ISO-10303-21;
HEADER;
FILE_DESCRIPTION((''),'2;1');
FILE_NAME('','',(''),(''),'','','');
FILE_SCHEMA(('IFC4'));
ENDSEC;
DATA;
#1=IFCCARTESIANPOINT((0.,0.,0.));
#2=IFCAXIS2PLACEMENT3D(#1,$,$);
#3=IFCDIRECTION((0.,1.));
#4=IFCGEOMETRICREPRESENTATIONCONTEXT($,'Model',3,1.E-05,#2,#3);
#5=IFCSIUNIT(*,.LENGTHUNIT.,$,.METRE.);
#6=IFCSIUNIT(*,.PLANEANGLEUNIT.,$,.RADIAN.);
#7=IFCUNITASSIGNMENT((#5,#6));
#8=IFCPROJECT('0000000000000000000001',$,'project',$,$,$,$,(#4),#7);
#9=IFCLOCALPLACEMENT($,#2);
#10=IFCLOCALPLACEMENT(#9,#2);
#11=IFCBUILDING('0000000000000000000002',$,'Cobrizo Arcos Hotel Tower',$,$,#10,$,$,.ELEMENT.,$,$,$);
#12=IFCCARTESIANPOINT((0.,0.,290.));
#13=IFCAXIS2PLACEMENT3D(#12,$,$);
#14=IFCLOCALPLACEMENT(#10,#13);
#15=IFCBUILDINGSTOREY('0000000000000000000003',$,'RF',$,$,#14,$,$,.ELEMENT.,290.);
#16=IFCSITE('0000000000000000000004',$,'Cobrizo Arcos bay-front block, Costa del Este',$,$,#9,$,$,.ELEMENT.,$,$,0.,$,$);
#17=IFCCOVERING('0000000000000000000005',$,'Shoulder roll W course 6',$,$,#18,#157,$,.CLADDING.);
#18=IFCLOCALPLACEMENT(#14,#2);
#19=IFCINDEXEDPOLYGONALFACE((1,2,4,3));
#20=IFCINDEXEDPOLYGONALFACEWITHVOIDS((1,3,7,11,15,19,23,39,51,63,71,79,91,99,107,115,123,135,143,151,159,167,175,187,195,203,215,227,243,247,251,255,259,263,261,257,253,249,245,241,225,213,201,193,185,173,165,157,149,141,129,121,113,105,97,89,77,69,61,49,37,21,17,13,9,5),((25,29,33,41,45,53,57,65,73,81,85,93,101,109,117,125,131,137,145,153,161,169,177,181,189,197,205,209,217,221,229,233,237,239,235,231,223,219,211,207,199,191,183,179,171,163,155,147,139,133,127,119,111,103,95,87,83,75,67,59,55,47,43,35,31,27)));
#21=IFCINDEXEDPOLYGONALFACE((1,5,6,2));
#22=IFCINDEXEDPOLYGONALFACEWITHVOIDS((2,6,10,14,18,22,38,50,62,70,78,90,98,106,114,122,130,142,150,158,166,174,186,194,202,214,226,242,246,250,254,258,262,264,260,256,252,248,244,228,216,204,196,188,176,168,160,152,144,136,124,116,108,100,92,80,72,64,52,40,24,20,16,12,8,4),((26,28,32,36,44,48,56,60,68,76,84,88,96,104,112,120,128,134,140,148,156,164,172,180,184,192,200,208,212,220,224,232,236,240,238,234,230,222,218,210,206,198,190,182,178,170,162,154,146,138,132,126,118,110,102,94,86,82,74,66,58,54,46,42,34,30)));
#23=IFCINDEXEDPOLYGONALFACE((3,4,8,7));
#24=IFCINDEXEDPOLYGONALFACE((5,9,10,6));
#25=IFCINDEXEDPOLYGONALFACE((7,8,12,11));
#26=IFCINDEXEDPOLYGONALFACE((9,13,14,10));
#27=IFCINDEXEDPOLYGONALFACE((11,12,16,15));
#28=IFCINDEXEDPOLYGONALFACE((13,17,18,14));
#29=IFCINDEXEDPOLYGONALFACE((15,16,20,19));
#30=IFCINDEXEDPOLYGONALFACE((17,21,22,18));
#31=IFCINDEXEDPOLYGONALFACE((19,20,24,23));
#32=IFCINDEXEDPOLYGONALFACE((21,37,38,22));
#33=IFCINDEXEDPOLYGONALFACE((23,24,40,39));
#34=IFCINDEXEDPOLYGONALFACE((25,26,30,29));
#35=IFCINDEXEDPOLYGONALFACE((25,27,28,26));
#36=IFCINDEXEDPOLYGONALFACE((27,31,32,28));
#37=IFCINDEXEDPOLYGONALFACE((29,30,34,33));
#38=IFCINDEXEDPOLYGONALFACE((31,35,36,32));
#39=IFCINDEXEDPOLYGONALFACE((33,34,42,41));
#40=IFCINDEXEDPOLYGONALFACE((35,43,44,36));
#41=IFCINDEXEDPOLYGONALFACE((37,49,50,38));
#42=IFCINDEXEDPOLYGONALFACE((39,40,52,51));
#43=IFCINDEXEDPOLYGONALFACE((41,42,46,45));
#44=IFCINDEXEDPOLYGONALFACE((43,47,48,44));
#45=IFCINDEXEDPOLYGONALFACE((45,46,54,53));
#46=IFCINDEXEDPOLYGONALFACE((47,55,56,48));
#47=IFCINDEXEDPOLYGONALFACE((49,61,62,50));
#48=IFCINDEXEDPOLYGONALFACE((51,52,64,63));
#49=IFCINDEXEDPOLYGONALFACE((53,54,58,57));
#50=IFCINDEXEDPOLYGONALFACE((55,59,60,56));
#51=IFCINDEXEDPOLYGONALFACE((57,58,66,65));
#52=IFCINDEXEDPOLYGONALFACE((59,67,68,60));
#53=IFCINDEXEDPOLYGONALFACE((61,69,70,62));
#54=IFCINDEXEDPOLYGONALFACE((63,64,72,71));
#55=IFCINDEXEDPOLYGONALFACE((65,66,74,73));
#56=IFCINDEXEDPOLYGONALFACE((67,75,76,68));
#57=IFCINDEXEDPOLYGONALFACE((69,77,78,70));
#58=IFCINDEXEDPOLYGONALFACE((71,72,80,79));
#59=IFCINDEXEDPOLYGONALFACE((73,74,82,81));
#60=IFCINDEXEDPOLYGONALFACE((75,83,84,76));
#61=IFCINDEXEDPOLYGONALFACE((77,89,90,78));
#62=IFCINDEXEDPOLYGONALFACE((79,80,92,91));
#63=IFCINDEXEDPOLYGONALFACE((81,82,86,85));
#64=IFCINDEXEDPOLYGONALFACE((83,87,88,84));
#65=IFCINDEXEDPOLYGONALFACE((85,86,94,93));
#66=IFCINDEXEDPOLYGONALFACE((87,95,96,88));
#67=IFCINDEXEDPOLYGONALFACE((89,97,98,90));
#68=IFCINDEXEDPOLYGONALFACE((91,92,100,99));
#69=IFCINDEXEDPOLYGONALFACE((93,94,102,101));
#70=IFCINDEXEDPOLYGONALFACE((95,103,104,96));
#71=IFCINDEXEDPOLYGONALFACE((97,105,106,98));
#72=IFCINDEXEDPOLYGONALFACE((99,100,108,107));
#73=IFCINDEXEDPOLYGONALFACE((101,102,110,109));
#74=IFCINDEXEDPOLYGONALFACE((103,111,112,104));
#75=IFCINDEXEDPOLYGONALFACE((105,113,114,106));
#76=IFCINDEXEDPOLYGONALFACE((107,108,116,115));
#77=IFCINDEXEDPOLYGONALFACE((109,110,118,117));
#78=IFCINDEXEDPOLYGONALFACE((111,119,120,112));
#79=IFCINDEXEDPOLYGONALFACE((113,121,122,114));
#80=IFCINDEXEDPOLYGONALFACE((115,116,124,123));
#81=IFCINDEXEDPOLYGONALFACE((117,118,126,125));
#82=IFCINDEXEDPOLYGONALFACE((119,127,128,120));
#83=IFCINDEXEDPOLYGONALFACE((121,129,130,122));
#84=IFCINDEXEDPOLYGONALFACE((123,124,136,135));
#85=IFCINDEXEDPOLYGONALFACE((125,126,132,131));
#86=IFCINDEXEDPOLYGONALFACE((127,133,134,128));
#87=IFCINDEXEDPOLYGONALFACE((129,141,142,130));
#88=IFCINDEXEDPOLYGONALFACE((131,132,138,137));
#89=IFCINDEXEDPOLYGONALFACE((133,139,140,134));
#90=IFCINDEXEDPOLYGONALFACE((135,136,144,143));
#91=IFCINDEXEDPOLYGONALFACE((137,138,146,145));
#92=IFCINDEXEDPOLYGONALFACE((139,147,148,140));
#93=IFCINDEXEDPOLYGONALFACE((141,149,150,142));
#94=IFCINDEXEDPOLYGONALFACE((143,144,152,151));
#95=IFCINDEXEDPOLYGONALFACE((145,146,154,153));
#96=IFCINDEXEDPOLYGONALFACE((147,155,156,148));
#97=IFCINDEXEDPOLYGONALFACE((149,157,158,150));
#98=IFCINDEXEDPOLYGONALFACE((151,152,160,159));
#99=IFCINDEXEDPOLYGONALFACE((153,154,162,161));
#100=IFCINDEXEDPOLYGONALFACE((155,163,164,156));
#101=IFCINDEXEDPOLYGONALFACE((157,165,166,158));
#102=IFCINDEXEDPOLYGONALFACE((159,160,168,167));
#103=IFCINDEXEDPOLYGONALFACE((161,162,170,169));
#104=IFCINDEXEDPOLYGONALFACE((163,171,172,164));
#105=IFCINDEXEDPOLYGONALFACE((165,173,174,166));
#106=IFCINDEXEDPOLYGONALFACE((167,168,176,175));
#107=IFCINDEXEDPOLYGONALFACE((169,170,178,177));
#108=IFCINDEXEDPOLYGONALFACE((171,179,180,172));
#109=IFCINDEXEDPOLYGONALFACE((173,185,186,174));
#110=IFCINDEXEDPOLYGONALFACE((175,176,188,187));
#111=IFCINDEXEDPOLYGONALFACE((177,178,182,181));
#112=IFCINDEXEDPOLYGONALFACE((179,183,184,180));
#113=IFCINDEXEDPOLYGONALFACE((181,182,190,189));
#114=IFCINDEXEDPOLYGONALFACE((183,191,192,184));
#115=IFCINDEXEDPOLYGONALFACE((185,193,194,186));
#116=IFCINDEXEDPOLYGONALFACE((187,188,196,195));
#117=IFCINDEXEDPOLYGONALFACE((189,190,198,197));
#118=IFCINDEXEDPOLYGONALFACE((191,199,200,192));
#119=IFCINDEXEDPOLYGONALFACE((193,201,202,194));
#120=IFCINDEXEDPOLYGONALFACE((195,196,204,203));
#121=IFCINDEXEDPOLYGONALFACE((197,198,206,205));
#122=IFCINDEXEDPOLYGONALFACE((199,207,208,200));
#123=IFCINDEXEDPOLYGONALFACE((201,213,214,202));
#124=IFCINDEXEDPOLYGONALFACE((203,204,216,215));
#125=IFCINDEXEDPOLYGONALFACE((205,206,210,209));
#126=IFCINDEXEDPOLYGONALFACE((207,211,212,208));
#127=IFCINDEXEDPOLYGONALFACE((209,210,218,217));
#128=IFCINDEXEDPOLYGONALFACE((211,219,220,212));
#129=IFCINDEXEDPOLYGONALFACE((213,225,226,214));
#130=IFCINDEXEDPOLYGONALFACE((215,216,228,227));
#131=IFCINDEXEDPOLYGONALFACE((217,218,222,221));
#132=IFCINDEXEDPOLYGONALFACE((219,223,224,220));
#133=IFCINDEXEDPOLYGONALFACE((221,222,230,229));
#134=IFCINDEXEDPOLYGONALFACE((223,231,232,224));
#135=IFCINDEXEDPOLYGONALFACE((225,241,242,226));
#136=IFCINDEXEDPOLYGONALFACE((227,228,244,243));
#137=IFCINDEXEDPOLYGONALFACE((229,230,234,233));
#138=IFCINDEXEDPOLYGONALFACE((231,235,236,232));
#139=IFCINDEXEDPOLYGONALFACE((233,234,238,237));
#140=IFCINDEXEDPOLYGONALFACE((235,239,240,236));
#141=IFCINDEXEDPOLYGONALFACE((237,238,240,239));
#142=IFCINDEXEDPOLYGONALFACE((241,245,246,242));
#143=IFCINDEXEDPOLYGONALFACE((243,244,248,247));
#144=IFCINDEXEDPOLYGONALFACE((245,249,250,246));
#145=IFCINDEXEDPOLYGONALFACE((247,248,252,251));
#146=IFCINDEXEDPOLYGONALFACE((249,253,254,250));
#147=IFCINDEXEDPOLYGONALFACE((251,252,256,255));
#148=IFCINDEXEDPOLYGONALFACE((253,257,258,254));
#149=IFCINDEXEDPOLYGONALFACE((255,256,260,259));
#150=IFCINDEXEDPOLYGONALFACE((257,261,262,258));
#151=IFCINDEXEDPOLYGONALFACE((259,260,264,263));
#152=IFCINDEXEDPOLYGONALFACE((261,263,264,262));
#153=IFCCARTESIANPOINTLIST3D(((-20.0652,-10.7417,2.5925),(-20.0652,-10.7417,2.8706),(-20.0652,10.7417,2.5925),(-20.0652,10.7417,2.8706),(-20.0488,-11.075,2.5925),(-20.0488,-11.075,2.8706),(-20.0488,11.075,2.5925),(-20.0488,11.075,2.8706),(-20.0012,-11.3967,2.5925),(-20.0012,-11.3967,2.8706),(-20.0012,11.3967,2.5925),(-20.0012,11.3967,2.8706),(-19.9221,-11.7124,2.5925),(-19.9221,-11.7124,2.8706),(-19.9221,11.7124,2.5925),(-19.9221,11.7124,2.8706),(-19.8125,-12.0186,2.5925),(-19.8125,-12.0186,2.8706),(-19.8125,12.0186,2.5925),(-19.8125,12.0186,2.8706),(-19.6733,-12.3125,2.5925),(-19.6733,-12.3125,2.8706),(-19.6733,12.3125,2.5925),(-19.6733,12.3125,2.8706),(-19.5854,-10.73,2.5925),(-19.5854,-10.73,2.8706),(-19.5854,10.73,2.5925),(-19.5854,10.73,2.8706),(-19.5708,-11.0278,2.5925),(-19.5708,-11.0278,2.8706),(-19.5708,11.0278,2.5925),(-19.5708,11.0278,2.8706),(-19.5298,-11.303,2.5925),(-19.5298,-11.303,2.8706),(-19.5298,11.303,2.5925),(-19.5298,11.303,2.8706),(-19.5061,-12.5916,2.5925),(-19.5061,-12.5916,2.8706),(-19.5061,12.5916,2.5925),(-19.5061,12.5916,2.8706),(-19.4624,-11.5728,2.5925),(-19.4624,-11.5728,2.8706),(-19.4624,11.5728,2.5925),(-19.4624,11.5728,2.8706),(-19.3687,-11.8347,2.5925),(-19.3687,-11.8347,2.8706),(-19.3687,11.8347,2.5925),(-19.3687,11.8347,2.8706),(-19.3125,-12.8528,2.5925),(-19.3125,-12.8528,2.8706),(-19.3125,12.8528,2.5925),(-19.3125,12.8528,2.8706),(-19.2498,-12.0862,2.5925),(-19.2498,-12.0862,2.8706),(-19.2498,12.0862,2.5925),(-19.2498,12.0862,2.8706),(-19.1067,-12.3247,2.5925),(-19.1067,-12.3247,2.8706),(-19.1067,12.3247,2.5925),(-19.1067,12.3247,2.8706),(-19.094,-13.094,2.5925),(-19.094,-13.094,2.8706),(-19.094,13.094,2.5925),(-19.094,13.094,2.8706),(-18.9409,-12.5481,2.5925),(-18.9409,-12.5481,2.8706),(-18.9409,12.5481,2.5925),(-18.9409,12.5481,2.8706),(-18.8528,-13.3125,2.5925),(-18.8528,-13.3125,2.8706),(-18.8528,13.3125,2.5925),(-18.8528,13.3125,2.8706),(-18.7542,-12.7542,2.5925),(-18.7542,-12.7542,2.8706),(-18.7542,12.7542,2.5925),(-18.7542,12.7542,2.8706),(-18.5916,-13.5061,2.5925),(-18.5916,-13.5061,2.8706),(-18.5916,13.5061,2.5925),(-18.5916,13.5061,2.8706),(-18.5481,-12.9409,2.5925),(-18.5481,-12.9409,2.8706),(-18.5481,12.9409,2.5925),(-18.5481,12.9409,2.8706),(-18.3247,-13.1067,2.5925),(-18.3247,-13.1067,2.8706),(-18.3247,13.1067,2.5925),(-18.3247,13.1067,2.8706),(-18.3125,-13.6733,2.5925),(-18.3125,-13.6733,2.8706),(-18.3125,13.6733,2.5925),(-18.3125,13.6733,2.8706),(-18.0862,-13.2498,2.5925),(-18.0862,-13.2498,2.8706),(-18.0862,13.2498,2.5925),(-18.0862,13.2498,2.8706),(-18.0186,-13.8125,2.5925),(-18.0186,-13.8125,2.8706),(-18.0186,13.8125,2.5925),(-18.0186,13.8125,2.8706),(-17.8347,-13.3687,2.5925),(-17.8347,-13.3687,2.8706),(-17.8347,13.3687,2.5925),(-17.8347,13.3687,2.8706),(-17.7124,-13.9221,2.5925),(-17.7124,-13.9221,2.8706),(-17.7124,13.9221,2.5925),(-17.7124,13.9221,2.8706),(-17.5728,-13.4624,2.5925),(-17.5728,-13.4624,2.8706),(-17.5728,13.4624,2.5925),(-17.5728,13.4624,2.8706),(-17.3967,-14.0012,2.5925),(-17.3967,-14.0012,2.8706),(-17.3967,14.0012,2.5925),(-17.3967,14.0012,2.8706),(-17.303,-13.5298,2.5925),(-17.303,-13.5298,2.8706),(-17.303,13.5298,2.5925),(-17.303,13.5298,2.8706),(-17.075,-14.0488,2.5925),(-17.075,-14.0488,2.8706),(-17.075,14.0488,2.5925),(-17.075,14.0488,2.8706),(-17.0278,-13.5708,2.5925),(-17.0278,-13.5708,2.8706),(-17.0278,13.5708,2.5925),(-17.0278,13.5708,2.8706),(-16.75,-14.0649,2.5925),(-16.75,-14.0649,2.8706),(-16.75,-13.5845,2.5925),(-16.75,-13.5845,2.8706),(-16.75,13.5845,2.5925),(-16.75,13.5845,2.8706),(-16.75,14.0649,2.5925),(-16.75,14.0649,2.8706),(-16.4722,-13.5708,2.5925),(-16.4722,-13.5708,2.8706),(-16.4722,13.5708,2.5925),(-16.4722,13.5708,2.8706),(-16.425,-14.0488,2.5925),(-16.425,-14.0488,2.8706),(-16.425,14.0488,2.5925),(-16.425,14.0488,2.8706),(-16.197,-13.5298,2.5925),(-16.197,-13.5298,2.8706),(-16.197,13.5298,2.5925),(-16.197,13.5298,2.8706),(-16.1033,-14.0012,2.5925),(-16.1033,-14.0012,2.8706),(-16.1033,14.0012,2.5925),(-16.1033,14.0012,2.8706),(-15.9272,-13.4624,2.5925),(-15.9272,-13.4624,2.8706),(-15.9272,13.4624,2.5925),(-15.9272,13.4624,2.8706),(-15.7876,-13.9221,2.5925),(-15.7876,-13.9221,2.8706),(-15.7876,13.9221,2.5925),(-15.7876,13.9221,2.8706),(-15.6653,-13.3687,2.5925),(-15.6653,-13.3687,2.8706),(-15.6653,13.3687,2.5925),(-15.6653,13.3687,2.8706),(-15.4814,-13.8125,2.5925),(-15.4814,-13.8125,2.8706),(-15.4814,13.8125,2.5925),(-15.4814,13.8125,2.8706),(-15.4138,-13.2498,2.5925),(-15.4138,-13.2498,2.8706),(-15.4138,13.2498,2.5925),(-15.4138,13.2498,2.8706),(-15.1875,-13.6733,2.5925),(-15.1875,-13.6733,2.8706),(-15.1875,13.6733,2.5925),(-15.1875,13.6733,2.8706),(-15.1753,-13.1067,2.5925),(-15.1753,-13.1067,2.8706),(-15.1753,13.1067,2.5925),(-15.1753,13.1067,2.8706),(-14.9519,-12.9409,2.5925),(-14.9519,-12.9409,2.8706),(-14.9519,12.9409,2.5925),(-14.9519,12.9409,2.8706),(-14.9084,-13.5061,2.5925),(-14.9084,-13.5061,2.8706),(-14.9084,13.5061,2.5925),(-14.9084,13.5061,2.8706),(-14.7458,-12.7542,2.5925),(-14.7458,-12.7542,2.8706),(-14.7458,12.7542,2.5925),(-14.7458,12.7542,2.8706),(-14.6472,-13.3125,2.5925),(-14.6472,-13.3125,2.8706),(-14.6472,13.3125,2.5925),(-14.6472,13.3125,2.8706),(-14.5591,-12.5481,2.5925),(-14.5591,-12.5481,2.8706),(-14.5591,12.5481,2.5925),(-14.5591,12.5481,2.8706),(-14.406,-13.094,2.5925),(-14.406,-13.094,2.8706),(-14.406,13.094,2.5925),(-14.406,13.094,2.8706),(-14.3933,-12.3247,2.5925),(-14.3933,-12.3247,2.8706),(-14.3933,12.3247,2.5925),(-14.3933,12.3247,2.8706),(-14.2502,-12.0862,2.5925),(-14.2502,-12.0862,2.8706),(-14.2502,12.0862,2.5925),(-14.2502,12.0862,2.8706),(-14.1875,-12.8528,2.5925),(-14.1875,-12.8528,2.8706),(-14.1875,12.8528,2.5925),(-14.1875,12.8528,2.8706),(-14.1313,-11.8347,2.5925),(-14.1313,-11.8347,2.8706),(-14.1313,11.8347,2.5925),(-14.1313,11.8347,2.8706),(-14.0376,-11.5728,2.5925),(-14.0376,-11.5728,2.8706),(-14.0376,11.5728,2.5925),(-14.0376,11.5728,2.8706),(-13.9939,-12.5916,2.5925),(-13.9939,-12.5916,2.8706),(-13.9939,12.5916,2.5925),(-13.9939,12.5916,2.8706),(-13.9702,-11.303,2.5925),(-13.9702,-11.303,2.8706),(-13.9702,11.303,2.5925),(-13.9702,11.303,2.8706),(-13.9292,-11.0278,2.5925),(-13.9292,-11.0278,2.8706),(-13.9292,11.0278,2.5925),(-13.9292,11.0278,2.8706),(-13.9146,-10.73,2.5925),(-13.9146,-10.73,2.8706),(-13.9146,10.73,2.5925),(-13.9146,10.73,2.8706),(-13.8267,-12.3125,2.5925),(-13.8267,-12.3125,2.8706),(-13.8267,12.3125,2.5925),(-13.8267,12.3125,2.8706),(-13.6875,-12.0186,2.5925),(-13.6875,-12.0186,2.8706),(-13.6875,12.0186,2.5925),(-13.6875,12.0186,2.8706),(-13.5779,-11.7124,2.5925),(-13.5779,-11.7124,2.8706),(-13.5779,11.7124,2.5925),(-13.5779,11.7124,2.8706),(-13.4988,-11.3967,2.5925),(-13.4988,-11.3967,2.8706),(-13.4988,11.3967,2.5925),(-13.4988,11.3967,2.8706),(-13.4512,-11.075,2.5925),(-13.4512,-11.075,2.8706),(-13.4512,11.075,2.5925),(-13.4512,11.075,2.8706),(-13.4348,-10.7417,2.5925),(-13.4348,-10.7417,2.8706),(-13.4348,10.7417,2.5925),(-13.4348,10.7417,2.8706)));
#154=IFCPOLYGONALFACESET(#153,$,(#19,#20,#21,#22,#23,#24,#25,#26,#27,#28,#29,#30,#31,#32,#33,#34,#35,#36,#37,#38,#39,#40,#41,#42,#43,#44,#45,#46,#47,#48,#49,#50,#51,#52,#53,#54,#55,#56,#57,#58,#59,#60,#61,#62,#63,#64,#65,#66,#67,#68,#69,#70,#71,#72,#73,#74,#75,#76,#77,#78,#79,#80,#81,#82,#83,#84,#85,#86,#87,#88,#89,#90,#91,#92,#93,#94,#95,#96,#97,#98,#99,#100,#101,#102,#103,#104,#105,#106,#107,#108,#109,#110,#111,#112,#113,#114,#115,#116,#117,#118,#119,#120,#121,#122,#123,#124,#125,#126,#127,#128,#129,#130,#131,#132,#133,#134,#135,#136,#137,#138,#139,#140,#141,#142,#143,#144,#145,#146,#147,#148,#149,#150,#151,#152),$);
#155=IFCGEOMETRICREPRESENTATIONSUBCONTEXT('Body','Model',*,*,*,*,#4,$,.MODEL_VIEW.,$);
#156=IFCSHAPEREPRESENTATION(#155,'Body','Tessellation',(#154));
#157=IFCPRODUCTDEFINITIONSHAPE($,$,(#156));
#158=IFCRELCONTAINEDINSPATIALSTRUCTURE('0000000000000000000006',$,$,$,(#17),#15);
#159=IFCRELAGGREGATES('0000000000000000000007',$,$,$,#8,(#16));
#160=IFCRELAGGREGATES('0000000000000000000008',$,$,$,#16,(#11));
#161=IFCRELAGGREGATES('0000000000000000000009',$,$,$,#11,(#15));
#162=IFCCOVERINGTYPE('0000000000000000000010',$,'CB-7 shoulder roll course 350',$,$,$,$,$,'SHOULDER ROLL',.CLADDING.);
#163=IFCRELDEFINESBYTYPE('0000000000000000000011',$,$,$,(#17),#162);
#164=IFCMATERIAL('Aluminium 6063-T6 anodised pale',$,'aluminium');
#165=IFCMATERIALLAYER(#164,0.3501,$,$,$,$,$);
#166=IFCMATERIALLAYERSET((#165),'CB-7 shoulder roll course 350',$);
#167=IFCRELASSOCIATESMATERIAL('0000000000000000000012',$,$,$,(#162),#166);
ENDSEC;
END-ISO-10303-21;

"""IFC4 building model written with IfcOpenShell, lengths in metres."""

from ifc_helpers import new_model, si_unit, direction, frame, origin, place, context, subcontext, project, spatial, polyline, outline, extrude, material, layer, layer_set, type_object, element, save


model = new_model("IFC4")

# Units and contexts
model_context = context("Model", 3, precision=1e-05, world=origin(), true_north=direction((0.0, 1.0)))
body_context = subcontext(model_context, "Body", "Model", "MODEL_VIEW")
ifc_project = project(units=[si_unit("LENGTHUNIT", "METRE"), si_unit("PLANEANGLEUNIT", "RADIAN")], contexts=[model_context])

# Site, building, storey
site_placement = place(None, origin())
site = spatial("IfcSite", under=ifc_project, at=site_placement, Name="Cobrizo Arcos bay-front block, Costa del Este", CompositionType="ELEMENT", RefElevation=0.0)
building_placement = place(site_placement, origin())
building = spatial("IfcBuilding", under=site, at=building_placement, Name="Cobrizo Arcos Hotel Tower", CompositionType="ELEMENT")
storey_placement = place(building_placement, frame((0.0, 0.0, 290.0)))
storey = spatial("IfcBuildingStorey", under=building, at=storey_placement, Name="RF", CompositionType="ELEMENT", Elevation=290.0)

# Covering
ifc_material_1 = material(Name="Aluminium 6063-T6 anodised pale", Category="aluminium")
ifc_layer_1 = layer(ifc_material_1, 0.3501)
ifc_layer_set_1 = layer_set([ifc_layer_1], Name="CB-7 shoulder roll course 350")
covering_type_1 = type_object("IfcCoveringType", Name="CB-7 shoulder roll course 350", ElementType="SHOULDER ROLL", PredefinedType="CLADDING", material=ifc_layer_set_1)
covering_1_placement = place(storey_placement, frame((0.0, 0.0, 2.5925)))
element("IfcCovering", 1, at=covering_1_placement, inside=storey, type_object=covering_type_1, Name="Shoulder roll W course 6", PredefinedType="CLADDING", context=body_context, shape_type="SweptSolid", body=[
    extrude(outline(polyline([(-20.0652, 10.7417), (-20.0488, 11.075), (-20.0012, 11.3967), (-19.9221, 11.7124), (-19.8125, 12.0186), (-19.6733, 12.3125), (-19.5061, 12.5916), (-19.3125, 12.8528), (-19.094, 13.094), (-18.8528, 13.3125), (-18.5916, 13.5061), (-18.3125, 13.6733), (-18.0186, 13.8125), (-17.7124, 13.9221), (-17.3967, 14.0012), (-17.075, 14.0488), (-16.75, 14.0649), (-16.425, 14.0488), (-16.1033, 14.0012), (-15.7876, 13.9221), (-15.4814, 13.8125), (-15.1875, 13.6733), (-14.9084, 13.5061), (-14.6472, 13.3125), (-14.406, 13.094), (-14.1875, 12.8528), (-13.9939, 12.5916), (-13.8267, 12.3125), (-13.6875, 12.0186), (-13.5779, 11.7124), (-13.4988, 11.3967), (-13.4512, 11.075), (-13.4348, 10.7417), (-13.4348, -10.7417), (-13.4512, -11.075), (-13.4988, -11.3967), (-13.5779, -11.7124), (-13.6875, -12.0186), (-13.8267, -12.3125), (-13.9939, -12.5916), (-14.1875, -12.8528), (-14.406, -13.094), (-14.6472, -13.3125), (-14.9084, -13.5061), (-15.1875, -13.6733), (-15.4814, -13.8125), (-15.7876, -13.9221), (-16.1033, -14.0012), (-16.425, -14.0488), (-16.75, -14.0649), (-17.075, -14.0488), (-17.3967, -14.0012), (-17.7124, -13.9221), (-18.0186, -13.8125), (-18.3125, -13.6733), (-18.5916, -13.5061), (-18.8528, -13.3125), (-19.094, -13.094), (-19.3125, -12.8528), (-19.5061, -12.5916), (-19.6733, -12.3125), (-19.8125, -12.0186), (-19.9221, -11.7124), (-20.0012, -11.3967), (-20.0488, -11.075), (-20.0652, -10.7417), (-20.0652, 10.7417)]), holes=[polyline([(-19.5854, 10.73), (-19.5708, 11.0278), (-19.5298, 11.303), (-19.4624, 11.5728), (-19.3687, 11.8347), (-19.2498, 12.0862), (-19.1067, 12.3247), (-18.9409, 12.5481), (-18.7542, 12.7542), (-18.5481, 12.9409), (-18.3247, 13.1067), (-18.0862, 13.2498), (-17.8347, 13.3687), (-17.5728, 13.4624), (-17.303, 13.5298), (-17.0278, 13.5708), (-16.75, 13.5845), (-16.4722, 13.5708), (-16.197, 13.5298), (-15.9272, 13.4624), (-15.6653, 13.3687), (-15.4138, 13.2498), (-15.1753, 13.1067), (-14.9519, 12.9409), (-14.7458, 12.7542), (-14.5591, 12.5481), (-14.3933, 12.3247), (-14.2502, 12.0862), (-14.1313, 11.8347), (-14.0376, 11.5728), (-13.9702, 11.303), (-13.9292, 11.0278), (-13.9146, 10.73), (-13.9146, -10.73), (-13.9292, -11.0278), (-13.9702, -11.303), (-14.0376, -11.5728), (-14.1313, -11.8347), (-14.2502, -12.0862), (-14.3933, -12.3247), (-14.5591, -12.5481), (-14.7458, -12.7542), (-14.9519, -12.9409), (-15.1753, -13.1067), (-15.4138, -13.2498), (-15.6653, -13.3687), (-15.9272, -13.4624), (-16.197, -13.5298), (-16.4722, -13.5708), (-16.75, -13.5845), (-17.0278, -13.5708), (-17.303, -13.5298), (-17.5728, -13.4624), (-17.8347, -13.3687), (-18.0862, -13.2498), (-18.3247, -13.1067), (-18.5481, -12.9409), (-18.7542, -12.7542), (-18.9409, -12.5481), (-19.1067, -12.3247), (-19.2498, -12.0862), (-19.3687, -11.8347), (-19.4624, -11.5728), (-19.5298, -11.303), (-19.5708, -11.0278), (-19.5854, -10.73), (-19.5854, 10.73)])]), origin(), (0.0, 0.0, 1.0), 0.2781),
])

save(model, "model.ifc")
